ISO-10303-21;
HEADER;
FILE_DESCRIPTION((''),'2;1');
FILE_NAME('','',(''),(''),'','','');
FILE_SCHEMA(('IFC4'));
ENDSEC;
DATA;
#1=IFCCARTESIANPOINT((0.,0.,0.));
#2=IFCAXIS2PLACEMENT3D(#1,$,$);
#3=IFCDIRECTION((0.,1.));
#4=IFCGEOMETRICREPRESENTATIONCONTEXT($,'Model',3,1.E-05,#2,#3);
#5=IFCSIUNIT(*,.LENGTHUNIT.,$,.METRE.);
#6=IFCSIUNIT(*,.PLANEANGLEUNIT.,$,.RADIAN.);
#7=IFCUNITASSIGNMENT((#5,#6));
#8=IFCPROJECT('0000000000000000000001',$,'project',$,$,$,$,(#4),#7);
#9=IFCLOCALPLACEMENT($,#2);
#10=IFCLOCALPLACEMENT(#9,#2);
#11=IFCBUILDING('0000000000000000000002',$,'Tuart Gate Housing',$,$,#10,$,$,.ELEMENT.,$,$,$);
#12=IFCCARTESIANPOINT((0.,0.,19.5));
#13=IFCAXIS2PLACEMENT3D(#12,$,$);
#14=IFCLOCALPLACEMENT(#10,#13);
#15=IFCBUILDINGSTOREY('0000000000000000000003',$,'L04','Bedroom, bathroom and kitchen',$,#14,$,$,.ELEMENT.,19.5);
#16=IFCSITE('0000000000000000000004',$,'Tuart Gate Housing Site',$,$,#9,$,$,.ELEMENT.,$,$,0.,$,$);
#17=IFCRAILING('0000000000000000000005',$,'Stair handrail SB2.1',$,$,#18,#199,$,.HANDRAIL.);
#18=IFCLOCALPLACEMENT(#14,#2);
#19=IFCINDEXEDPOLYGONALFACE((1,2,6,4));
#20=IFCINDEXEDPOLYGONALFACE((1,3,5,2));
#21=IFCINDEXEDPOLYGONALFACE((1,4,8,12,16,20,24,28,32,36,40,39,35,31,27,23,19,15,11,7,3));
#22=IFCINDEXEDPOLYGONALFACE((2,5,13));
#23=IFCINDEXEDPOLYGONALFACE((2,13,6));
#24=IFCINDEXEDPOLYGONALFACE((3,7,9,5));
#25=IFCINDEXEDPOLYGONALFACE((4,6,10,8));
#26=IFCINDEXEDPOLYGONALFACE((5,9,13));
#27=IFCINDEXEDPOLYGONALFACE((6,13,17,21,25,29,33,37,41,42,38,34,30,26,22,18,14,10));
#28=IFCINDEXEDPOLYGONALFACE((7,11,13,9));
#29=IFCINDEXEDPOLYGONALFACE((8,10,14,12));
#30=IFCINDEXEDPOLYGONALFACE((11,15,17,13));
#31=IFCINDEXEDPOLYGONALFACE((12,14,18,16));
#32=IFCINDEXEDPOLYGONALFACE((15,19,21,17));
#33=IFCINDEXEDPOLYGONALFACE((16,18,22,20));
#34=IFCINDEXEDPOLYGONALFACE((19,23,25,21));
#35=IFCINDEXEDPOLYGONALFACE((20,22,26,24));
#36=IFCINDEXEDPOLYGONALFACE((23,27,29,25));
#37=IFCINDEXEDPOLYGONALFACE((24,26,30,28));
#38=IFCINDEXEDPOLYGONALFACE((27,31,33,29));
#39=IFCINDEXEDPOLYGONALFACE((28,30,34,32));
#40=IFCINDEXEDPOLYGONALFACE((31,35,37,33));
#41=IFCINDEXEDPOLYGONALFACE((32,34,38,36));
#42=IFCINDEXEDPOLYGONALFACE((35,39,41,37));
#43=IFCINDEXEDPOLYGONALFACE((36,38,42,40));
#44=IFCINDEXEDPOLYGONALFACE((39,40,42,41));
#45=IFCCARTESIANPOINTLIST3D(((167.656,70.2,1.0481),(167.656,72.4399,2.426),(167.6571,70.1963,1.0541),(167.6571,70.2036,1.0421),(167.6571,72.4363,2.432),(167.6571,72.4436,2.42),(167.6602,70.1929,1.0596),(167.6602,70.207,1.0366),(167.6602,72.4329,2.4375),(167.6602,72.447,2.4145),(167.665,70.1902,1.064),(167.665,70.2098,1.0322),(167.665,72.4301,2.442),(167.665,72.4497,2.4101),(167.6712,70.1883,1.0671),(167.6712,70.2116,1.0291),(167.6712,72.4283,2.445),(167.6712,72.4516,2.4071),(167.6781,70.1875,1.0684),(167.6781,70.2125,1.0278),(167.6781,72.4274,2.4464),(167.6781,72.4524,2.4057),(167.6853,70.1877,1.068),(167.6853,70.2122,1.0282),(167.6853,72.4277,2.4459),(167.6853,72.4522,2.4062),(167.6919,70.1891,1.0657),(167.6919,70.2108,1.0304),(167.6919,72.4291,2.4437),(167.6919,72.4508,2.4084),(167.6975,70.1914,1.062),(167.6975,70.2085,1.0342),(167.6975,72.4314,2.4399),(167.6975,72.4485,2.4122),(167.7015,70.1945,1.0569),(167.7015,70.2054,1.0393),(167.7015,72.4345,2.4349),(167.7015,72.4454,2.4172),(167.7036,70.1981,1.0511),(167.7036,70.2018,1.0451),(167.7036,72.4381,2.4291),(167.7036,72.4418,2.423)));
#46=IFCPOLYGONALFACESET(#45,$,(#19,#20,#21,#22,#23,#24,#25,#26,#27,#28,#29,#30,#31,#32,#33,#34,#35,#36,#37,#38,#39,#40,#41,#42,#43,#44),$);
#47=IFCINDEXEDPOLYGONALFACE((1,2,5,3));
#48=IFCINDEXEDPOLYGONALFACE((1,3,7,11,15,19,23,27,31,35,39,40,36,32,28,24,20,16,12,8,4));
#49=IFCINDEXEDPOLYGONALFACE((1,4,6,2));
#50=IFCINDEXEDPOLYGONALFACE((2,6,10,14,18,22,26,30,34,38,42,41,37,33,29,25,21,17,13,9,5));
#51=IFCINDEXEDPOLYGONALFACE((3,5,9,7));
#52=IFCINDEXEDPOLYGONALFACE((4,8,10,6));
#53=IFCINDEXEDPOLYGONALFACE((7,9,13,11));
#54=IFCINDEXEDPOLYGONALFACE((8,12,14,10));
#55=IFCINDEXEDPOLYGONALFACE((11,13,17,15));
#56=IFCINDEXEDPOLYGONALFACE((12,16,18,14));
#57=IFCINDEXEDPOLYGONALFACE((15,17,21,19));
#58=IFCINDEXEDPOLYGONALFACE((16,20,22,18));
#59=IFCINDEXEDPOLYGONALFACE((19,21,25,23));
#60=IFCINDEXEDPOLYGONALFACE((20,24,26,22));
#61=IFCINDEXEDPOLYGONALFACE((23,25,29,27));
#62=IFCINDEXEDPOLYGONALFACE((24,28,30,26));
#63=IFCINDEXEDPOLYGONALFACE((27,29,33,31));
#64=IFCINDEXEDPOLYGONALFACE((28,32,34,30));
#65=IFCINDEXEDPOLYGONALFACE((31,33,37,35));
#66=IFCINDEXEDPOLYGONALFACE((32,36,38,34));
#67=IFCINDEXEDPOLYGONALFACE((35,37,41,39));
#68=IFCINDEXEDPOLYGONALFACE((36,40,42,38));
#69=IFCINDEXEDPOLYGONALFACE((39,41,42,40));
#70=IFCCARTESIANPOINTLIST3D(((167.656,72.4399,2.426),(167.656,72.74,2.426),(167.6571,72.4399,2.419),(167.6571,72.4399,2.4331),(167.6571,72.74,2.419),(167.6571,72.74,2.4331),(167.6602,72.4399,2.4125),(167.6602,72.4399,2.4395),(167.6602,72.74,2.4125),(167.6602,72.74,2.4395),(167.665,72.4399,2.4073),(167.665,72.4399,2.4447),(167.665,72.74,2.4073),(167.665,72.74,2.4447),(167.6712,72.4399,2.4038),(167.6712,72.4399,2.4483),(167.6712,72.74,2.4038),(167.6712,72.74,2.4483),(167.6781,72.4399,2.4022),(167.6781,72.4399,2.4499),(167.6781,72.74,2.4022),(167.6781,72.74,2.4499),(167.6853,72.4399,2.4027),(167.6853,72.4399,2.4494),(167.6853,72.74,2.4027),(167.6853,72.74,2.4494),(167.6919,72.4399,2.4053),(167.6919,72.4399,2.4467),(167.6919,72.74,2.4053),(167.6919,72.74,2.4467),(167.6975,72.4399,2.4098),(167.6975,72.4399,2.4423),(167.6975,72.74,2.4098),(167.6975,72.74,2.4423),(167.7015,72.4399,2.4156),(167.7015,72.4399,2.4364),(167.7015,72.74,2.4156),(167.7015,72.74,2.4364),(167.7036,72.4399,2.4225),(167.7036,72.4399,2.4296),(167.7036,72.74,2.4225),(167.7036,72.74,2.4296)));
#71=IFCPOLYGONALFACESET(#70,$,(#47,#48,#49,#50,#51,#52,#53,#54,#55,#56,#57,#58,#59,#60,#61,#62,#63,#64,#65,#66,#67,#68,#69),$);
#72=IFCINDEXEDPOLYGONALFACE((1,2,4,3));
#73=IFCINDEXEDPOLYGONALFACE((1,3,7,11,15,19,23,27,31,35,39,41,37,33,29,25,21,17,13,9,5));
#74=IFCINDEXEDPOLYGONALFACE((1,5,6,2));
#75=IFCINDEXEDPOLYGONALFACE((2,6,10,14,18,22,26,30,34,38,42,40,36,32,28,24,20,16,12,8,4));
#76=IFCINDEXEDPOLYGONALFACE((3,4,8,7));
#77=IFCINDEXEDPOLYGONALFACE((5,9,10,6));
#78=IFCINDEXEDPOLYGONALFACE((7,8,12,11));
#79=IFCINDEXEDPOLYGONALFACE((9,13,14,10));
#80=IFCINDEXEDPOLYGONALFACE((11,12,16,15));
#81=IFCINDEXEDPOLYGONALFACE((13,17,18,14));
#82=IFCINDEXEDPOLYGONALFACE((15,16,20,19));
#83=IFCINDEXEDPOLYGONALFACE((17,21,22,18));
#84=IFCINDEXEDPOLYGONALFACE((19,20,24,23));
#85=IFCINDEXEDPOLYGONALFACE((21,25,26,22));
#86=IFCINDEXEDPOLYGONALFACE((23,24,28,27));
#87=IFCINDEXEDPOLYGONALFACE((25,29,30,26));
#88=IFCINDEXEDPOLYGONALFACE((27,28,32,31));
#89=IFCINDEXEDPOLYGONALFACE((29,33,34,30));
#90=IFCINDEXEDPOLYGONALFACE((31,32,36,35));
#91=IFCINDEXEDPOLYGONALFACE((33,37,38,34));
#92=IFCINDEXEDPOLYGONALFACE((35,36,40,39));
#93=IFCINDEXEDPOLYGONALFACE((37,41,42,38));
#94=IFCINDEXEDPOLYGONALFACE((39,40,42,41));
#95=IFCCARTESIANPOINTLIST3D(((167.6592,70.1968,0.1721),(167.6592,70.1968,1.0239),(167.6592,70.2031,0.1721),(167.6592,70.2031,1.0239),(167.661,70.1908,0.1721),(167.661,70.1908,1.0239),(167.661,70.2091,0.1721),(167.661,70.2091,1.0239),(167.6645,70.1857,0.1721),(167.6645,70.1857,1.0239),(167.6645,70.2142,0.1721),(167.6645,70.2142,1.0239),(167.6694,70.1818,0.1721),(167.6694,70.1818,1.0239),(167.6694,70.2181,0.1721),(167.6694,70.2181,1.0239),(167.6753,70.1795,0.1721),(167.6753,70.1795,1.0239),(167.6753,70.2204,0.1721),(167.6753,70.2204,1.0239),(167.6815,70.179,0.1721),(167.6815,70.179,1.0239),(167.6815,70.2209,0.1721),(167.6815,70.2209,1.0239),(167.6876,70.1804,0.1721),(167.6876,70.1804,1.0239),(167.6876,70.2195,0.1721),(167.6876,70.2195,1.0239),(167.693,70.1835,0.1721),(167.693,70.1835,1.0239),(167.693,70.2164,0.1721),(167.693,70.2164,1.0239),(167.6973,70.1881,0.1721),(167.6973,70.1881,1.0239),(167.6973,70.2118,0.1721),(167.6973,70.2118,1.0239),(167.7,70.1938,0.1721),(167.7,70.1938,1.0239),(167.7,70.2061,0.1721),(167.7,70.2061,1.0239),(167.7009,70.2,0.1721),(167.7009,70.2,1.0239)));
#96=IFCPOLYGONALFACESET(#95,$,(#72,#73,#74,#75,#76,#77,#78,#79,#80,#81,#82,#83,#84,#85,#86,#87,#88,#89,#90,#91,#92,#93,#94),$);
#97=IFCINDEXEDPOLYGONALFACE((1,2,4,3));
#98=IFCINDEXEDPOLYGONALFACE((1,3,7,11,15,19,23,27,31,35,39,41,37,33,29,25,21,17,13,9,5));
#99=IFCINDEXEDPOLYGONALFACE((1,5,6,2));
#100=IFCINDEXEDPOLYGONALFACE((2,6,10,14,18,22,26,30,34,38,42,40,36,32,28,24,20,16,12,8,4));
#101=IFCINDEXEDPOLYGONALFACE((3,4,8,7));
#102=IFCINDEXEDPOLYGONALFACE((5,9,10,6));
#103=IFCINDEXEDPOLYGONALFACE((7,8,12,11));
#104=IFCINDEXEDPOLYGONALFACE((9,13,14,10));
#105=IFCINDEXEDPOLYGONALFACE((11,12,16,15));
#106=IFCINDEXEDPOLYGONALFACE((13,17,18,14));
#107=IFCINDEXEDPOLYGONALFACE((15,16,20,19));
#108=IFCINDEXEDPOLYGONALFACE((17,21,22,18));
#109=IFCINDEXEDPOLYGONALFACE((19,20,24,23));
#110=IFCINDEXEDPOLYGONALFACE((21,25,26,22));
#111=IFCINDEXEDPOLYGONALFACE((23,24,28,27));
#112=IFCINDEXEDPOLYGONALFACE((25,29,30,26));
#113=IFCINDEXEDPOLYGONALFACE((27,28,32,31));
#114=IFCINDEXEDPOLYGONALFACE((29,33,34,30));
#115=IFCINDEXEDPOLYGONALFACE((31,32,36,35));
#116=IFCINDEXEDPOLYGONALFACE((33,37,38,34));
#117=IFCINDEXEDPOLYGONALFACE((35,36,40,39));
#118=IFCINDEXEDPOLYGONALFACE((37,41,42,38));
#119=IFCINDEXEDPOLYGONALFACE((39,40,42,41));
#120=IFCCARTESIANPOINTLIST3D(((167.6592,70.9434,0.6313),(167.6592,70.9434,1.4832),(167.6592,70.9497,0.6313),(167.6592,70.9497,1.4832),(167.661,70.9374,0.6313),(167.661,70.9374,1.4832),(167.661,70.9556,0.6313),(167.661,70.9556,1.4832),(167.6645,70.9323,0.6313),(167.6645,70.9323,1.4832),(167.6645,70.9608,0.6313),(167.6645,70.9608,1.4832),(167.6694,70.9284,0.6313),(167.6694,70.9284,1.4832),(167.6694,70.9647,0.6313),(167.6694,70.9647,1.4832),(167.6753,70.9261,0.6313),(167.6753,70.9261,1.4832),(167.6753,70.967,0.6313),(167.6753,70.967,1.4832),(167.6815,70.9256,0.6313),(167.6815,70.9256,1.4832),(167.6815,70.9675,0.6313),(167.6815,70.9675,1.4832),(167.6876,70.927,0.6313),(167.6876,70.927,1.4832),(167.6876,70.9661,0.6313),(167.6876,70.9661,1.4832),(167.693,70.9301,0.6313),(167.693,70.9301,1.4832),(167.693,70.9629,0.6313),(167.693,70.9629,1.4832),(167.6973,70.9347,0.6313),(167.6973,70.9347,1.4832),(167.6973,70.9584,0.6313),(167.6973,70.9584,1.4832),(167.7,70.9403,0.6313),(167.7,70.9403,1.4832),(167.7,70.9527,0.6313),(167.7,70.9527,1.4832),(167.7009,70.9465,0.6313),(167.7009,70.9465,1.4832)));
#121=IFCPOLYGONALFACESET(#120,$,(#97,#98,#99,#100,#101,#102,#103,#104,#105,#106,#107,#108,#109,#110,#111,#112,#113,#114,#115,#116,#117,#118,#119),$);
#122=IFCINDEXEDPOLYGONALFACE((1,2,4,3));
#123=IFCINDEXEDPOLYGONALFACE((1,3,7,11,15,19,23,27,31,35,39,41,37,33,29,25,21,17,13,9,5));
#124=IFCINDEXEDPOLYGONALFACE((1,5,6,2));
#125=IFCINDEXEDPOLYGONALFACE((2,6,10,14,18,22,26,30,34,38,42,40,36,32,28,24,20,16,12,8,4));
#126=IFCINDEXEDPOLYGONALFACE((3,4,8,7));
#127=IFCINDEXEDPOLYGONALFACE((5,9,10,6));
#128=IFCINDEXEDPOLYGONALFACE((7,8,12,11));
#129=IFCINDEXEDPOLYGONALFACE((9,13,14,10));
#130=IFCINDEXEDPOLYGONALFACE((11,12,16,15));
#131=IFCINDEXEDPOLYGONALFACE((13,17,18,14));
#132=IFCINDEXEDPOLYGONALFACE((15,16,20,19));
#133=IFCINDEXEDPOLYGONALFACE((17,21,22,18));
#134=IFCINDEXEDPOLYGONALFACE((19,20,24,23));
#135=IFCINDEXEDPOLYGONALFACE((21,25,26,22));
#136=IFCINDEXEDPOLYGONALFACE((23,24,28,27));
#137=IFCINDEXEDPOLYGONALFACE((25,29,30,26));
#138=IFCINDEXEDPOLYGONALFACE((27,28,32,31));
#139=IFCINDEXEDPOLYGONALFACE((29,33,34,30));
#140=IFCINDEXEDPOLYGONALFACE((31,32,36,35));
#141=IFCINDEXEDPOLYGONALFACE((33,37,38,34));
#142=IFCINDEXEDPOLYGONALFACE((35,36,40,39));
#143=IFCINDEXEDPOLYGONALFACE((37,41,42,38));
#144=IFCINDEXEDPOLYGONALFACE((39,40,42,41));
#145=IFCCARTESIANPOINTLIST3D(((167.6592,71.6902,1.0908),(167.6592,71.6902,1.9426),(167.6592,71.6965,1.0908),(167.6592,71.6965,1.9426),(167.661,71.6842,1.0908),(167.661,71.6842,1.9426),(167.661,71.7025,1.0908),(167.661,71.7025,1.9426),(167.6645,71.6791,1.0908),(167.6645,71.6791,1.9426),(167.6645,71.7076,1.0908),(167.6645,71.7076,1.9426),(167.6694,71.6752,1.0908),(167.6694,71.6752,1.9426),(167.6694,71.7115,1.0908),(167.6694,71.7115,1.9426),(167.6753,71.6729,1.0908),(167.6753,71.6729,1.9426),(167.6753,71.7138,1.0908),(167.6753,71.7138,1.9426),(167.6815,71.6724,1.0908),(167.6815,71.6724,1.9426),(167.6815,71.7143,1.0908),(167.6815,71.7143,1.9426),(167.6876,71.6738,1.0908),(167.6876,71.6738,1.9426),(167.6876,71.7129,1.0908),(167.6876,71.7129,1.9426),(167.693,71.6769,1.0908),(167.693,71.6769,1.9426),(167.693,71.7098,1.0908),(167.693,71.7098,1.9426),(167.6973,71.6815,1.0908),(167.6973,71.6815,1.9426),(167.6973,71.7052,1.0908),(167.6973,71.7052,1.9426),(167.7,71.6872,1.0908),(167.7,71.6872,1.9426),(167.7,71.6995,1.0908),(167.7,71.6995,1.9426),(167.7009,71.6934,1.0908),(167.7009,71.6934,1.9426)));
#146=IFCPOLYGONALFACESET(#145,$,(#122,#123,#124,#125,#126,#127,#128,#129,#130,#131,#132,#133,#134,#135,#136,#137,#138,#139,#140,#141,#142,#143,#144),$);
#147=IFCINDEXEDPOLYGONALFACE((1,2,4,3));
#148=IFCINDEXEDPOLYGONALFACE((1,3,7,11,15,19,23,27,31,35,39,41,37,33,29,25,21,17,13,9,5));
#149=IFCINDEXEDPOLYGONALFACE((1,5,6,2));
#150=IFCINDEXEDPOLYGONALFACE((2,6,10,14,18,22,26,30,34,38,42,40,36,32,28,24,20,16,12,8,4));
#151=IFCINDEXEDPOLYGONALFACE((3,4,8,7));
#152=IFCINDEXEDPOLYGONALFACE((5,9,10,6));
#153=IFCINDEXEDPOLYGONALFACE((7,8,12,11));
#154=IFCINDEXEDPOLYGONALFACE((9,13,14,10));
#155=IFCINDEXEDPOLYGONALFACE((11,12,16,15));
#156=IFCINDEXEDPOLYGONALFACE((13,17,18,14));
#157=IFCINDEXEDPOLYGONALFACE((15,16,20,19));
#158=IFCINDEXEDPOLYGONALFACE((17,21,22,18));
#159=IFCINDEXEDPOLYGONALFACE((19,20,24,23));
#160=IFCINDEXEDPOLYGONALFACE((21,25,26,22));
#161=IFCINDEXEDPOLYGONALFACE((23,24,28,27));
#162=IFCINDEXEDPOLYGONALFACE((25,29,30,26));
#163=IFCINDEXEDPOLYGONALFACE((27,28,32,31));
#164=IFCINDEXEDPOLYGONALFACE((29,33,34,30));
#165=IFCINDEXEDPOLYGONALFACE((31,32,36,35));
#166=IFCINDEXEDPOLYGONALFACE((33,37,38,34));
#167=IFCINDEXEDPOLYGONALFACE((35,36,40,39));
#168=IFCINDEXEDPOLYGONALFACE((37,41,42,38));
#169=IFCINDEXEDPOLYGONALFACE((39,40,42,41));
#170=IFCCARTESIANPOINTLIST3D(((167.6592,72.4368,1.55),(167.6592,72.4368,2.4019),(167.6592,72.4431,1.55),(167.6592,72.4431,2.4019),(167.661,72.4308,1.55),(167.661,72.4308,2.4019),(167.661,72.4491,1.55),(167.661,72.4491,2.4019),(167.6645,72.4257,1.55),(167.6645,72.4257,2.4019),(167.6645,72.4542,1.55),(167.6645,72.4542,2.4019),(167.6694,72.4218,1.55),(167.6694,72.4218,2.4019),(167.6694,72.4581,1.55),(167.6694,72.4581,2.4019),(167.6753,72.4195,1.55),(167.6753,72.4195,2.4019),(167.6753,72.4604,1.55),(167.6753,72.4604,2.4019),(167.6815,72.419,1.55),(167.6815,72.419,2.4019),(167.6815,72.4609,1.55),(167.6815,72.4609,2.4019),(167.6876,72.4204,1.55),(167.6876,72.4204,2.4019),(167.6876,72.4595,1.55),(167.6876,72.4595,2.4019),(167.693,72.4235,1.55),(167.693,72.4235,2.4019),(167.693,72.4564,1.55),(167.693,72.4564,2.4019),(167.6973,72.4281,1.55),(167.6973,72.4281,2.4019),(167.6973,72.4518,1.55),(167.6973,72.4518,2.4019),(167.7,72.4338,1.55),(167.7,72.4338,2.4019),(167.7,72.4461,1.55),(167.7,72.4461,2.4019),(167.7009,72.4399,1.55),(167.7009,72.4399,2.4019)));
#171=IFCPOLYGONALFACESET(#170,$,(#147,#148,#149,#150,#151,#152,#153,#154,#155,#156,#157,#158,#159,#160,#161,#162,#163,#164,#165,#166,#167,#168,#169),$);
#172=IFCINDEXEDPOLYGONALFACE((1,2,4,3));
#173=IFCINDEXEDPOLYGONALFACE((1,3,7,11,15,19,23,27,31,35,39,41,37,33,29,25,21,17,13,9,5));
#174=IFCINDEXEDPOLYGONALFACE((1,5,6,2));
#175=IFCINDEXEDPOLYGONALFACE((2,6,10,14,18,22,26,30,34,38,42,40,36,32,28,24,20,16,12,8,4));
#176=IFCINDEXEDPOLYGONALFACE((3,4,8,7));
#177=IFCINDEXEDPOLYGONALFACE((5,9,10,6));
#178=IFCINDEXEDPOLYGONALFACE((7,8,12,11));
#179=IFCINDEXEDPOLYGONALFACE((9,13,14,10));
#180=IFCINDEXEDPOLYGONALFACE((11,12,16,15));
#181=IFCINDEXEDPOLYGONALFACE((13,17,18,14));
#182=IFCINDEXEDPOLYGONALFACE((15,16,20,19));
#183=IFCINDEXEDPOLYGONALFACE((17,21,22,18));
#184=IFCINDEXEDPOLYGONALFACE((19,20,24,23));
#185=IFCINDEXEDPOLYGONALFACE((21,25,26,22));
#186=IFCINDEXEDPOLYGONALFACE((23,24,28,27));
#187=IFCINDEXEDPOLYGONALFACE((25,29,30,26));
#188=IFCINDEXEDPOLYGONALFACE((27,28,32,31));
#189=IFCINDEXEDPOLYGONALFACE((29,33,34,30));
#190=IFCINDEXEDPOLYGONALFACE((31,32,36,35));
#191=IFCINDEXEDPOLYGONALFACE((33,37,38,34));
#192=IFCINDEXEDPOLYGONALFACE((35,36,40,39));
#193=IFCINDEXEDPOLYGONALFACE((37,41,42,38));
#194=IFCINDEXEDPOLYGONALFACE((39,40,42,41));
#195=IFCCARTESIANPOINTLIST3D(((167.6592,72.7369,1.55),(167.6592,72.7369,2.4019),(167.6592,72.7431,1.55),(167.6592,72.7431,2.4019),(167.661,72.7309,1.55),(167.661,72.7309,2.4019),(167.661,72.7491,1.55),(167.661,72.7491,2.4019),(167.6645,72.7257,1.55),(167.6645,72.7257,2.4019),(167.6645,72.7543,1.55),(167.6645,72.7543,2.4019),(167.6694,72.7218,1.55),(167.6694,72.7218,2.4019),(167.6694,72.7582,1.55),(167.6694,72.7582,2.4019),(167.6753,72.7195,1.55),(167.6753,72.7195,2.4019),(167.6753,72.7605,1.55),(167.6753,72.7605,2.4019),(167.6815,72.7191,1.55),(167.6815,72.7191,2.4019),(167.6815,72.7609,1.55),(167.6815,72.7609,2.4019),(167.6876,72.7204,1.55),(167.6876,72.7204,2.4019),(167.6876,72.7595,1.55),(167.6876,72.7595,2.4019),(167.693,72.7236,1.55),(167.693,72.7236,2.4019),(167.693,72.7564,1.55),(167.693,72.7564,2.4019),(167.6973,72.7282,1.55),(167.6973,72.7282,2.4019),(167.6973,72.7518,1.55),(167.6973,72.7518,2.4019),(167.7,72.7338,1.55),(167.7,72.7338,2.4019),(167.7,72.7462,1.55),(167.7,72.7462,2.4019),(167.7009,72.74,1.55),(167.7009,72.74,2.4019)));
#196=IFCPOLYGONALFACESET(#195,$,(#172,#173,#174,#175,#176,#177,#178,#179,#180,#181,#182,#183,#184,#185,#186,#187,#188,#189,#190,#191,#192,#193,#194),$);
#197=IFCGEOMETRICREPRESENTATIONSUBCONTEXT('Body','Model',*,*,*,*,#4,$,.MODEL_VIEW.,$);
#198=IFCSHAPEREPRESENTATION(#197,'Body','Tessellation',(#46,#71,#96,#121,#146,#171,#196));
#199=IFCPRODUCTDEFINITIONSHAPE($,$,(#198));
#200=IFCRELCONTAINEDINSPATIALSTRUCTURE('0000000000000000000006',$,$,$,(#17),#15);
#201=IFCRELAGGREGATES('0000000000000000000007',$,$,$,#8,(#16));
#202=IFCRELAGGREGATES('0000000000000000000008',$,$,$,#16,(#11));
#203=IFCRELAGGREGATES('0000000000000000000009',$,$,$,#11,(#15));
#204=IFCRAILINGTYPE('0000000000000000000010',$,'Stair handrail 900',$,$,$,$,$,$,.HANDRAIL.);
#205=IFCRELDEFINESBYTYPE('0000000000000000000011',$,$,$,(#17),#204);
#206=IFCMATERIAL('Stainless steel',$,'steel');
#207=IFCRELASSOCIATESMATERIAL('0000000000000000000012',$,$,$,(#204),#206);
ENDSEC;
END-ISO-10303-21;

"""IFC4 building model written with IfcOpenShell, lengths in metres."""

from ifc_helpers import new_model, si_unit, direction, frame, origin, origin_2d, place, context, subcontext, project, spatial, circle, extrude, material, type_object, element, save


model = new_model("IFC4")

# Units and contexts
model_context = context("Model", 3, precision=1e-05, world=origin(), true_north=direction((0.0, 1.0)))
body_context = subcontext(model_context, "Body", "Model", "MODEL_VIEW")
ifc_project = project(units=[si_unit("LENGTHUNIT", "METRE"), si_unit("PLANEANGLEUNIT", "RADIAN")], contexts=[model_context])

# Site, building, storey
site_placement = place(None, origin())
site = spatial("IfcSite", under=ifc_project, at=site_placement, Name="Tuart Gate Housing Site", CompositionType="ELEMENT", RefElevation=0.0)
building_placement = place(site_placement, origin())
building = spatial("IfcBuilding", under=site, at=building_placement, Name="Tuart Gate Housing", CompositionType="ELEMENT")
storey_placement = place(building_placement, frame((0.0, 0.0, 19.5)))
storey = spatial("IfcBuildingStorey", under=building, at=storey_placement, Name="L04", Description="Bedroom, bathroom and kitchen", CompositionType="ELEMENT", Elevation=19.5)

# Railing
ifc_material_1 = material(Name="Stainless steel", Category="steel")
railing_type = type_object("IfcRailingType", Name="Stair handrail 900", PredefinedType="HANDRAIL", material=ifc_material_1)
railing_placement = place(storey_placement, frame((167.6799, 70.2, 0.1721)))
element("IfcRailing", 1, at=railing_placement, inside=storey, type_object=railing_type, Name="Stair handrail SB2.1", PredefinedType="HANDRAIL", context=body_context, shape_type="SweptSolid", body=[
    extrude(circle(Radius=0.0239, at=origin_2d()), frame((0.0, 0.0, 0.876), z_axis=(0.0, 0.851748, 0.523952), x_axis=(-1.0, 0.0, 0.0)), (0.0, 0.0, 1.0), 2.6299),
    extrude(circle(Radius=0.0239, at=origin_2d()), frame((0.0, 2.24, 2.2539), z_axis=(0.0, 1.0, 0.0), x_axis=(-1.0, 0.0, 0.0)), (0.0, 0.0, 1.0), 0.3),
    extrude(circle(Radius=0.021, at=origin_2d()), origin(), (0.0, 0.0, 1.0), 0.8518),
    extrude(circle(Radius=0.021, at=origin_2d()), frame((0.0, 0.7466, 0.4592)), (0.0, 0.0, 1.0), 0.8518),
    extrude(circle(Radius=0.021, at=origin_2d()), frame((0.0, 1.4934, 0.9187)), (0.0, 0.0, 1.0), 0.8518),
    extrude(circle(Radius=0.021, at=origin_2d()), frame((0.0, 2.24, 1.3779)), (0.0, 0.0, 1.0), 0.8518),
    extrude(circle(Radius=0.021, at=origin_2d()), frame((0.0, 2.54, 1.3779)), (0.0, 0.0, 1.0), 0.8518),
])

save(model, "model.ifc")
